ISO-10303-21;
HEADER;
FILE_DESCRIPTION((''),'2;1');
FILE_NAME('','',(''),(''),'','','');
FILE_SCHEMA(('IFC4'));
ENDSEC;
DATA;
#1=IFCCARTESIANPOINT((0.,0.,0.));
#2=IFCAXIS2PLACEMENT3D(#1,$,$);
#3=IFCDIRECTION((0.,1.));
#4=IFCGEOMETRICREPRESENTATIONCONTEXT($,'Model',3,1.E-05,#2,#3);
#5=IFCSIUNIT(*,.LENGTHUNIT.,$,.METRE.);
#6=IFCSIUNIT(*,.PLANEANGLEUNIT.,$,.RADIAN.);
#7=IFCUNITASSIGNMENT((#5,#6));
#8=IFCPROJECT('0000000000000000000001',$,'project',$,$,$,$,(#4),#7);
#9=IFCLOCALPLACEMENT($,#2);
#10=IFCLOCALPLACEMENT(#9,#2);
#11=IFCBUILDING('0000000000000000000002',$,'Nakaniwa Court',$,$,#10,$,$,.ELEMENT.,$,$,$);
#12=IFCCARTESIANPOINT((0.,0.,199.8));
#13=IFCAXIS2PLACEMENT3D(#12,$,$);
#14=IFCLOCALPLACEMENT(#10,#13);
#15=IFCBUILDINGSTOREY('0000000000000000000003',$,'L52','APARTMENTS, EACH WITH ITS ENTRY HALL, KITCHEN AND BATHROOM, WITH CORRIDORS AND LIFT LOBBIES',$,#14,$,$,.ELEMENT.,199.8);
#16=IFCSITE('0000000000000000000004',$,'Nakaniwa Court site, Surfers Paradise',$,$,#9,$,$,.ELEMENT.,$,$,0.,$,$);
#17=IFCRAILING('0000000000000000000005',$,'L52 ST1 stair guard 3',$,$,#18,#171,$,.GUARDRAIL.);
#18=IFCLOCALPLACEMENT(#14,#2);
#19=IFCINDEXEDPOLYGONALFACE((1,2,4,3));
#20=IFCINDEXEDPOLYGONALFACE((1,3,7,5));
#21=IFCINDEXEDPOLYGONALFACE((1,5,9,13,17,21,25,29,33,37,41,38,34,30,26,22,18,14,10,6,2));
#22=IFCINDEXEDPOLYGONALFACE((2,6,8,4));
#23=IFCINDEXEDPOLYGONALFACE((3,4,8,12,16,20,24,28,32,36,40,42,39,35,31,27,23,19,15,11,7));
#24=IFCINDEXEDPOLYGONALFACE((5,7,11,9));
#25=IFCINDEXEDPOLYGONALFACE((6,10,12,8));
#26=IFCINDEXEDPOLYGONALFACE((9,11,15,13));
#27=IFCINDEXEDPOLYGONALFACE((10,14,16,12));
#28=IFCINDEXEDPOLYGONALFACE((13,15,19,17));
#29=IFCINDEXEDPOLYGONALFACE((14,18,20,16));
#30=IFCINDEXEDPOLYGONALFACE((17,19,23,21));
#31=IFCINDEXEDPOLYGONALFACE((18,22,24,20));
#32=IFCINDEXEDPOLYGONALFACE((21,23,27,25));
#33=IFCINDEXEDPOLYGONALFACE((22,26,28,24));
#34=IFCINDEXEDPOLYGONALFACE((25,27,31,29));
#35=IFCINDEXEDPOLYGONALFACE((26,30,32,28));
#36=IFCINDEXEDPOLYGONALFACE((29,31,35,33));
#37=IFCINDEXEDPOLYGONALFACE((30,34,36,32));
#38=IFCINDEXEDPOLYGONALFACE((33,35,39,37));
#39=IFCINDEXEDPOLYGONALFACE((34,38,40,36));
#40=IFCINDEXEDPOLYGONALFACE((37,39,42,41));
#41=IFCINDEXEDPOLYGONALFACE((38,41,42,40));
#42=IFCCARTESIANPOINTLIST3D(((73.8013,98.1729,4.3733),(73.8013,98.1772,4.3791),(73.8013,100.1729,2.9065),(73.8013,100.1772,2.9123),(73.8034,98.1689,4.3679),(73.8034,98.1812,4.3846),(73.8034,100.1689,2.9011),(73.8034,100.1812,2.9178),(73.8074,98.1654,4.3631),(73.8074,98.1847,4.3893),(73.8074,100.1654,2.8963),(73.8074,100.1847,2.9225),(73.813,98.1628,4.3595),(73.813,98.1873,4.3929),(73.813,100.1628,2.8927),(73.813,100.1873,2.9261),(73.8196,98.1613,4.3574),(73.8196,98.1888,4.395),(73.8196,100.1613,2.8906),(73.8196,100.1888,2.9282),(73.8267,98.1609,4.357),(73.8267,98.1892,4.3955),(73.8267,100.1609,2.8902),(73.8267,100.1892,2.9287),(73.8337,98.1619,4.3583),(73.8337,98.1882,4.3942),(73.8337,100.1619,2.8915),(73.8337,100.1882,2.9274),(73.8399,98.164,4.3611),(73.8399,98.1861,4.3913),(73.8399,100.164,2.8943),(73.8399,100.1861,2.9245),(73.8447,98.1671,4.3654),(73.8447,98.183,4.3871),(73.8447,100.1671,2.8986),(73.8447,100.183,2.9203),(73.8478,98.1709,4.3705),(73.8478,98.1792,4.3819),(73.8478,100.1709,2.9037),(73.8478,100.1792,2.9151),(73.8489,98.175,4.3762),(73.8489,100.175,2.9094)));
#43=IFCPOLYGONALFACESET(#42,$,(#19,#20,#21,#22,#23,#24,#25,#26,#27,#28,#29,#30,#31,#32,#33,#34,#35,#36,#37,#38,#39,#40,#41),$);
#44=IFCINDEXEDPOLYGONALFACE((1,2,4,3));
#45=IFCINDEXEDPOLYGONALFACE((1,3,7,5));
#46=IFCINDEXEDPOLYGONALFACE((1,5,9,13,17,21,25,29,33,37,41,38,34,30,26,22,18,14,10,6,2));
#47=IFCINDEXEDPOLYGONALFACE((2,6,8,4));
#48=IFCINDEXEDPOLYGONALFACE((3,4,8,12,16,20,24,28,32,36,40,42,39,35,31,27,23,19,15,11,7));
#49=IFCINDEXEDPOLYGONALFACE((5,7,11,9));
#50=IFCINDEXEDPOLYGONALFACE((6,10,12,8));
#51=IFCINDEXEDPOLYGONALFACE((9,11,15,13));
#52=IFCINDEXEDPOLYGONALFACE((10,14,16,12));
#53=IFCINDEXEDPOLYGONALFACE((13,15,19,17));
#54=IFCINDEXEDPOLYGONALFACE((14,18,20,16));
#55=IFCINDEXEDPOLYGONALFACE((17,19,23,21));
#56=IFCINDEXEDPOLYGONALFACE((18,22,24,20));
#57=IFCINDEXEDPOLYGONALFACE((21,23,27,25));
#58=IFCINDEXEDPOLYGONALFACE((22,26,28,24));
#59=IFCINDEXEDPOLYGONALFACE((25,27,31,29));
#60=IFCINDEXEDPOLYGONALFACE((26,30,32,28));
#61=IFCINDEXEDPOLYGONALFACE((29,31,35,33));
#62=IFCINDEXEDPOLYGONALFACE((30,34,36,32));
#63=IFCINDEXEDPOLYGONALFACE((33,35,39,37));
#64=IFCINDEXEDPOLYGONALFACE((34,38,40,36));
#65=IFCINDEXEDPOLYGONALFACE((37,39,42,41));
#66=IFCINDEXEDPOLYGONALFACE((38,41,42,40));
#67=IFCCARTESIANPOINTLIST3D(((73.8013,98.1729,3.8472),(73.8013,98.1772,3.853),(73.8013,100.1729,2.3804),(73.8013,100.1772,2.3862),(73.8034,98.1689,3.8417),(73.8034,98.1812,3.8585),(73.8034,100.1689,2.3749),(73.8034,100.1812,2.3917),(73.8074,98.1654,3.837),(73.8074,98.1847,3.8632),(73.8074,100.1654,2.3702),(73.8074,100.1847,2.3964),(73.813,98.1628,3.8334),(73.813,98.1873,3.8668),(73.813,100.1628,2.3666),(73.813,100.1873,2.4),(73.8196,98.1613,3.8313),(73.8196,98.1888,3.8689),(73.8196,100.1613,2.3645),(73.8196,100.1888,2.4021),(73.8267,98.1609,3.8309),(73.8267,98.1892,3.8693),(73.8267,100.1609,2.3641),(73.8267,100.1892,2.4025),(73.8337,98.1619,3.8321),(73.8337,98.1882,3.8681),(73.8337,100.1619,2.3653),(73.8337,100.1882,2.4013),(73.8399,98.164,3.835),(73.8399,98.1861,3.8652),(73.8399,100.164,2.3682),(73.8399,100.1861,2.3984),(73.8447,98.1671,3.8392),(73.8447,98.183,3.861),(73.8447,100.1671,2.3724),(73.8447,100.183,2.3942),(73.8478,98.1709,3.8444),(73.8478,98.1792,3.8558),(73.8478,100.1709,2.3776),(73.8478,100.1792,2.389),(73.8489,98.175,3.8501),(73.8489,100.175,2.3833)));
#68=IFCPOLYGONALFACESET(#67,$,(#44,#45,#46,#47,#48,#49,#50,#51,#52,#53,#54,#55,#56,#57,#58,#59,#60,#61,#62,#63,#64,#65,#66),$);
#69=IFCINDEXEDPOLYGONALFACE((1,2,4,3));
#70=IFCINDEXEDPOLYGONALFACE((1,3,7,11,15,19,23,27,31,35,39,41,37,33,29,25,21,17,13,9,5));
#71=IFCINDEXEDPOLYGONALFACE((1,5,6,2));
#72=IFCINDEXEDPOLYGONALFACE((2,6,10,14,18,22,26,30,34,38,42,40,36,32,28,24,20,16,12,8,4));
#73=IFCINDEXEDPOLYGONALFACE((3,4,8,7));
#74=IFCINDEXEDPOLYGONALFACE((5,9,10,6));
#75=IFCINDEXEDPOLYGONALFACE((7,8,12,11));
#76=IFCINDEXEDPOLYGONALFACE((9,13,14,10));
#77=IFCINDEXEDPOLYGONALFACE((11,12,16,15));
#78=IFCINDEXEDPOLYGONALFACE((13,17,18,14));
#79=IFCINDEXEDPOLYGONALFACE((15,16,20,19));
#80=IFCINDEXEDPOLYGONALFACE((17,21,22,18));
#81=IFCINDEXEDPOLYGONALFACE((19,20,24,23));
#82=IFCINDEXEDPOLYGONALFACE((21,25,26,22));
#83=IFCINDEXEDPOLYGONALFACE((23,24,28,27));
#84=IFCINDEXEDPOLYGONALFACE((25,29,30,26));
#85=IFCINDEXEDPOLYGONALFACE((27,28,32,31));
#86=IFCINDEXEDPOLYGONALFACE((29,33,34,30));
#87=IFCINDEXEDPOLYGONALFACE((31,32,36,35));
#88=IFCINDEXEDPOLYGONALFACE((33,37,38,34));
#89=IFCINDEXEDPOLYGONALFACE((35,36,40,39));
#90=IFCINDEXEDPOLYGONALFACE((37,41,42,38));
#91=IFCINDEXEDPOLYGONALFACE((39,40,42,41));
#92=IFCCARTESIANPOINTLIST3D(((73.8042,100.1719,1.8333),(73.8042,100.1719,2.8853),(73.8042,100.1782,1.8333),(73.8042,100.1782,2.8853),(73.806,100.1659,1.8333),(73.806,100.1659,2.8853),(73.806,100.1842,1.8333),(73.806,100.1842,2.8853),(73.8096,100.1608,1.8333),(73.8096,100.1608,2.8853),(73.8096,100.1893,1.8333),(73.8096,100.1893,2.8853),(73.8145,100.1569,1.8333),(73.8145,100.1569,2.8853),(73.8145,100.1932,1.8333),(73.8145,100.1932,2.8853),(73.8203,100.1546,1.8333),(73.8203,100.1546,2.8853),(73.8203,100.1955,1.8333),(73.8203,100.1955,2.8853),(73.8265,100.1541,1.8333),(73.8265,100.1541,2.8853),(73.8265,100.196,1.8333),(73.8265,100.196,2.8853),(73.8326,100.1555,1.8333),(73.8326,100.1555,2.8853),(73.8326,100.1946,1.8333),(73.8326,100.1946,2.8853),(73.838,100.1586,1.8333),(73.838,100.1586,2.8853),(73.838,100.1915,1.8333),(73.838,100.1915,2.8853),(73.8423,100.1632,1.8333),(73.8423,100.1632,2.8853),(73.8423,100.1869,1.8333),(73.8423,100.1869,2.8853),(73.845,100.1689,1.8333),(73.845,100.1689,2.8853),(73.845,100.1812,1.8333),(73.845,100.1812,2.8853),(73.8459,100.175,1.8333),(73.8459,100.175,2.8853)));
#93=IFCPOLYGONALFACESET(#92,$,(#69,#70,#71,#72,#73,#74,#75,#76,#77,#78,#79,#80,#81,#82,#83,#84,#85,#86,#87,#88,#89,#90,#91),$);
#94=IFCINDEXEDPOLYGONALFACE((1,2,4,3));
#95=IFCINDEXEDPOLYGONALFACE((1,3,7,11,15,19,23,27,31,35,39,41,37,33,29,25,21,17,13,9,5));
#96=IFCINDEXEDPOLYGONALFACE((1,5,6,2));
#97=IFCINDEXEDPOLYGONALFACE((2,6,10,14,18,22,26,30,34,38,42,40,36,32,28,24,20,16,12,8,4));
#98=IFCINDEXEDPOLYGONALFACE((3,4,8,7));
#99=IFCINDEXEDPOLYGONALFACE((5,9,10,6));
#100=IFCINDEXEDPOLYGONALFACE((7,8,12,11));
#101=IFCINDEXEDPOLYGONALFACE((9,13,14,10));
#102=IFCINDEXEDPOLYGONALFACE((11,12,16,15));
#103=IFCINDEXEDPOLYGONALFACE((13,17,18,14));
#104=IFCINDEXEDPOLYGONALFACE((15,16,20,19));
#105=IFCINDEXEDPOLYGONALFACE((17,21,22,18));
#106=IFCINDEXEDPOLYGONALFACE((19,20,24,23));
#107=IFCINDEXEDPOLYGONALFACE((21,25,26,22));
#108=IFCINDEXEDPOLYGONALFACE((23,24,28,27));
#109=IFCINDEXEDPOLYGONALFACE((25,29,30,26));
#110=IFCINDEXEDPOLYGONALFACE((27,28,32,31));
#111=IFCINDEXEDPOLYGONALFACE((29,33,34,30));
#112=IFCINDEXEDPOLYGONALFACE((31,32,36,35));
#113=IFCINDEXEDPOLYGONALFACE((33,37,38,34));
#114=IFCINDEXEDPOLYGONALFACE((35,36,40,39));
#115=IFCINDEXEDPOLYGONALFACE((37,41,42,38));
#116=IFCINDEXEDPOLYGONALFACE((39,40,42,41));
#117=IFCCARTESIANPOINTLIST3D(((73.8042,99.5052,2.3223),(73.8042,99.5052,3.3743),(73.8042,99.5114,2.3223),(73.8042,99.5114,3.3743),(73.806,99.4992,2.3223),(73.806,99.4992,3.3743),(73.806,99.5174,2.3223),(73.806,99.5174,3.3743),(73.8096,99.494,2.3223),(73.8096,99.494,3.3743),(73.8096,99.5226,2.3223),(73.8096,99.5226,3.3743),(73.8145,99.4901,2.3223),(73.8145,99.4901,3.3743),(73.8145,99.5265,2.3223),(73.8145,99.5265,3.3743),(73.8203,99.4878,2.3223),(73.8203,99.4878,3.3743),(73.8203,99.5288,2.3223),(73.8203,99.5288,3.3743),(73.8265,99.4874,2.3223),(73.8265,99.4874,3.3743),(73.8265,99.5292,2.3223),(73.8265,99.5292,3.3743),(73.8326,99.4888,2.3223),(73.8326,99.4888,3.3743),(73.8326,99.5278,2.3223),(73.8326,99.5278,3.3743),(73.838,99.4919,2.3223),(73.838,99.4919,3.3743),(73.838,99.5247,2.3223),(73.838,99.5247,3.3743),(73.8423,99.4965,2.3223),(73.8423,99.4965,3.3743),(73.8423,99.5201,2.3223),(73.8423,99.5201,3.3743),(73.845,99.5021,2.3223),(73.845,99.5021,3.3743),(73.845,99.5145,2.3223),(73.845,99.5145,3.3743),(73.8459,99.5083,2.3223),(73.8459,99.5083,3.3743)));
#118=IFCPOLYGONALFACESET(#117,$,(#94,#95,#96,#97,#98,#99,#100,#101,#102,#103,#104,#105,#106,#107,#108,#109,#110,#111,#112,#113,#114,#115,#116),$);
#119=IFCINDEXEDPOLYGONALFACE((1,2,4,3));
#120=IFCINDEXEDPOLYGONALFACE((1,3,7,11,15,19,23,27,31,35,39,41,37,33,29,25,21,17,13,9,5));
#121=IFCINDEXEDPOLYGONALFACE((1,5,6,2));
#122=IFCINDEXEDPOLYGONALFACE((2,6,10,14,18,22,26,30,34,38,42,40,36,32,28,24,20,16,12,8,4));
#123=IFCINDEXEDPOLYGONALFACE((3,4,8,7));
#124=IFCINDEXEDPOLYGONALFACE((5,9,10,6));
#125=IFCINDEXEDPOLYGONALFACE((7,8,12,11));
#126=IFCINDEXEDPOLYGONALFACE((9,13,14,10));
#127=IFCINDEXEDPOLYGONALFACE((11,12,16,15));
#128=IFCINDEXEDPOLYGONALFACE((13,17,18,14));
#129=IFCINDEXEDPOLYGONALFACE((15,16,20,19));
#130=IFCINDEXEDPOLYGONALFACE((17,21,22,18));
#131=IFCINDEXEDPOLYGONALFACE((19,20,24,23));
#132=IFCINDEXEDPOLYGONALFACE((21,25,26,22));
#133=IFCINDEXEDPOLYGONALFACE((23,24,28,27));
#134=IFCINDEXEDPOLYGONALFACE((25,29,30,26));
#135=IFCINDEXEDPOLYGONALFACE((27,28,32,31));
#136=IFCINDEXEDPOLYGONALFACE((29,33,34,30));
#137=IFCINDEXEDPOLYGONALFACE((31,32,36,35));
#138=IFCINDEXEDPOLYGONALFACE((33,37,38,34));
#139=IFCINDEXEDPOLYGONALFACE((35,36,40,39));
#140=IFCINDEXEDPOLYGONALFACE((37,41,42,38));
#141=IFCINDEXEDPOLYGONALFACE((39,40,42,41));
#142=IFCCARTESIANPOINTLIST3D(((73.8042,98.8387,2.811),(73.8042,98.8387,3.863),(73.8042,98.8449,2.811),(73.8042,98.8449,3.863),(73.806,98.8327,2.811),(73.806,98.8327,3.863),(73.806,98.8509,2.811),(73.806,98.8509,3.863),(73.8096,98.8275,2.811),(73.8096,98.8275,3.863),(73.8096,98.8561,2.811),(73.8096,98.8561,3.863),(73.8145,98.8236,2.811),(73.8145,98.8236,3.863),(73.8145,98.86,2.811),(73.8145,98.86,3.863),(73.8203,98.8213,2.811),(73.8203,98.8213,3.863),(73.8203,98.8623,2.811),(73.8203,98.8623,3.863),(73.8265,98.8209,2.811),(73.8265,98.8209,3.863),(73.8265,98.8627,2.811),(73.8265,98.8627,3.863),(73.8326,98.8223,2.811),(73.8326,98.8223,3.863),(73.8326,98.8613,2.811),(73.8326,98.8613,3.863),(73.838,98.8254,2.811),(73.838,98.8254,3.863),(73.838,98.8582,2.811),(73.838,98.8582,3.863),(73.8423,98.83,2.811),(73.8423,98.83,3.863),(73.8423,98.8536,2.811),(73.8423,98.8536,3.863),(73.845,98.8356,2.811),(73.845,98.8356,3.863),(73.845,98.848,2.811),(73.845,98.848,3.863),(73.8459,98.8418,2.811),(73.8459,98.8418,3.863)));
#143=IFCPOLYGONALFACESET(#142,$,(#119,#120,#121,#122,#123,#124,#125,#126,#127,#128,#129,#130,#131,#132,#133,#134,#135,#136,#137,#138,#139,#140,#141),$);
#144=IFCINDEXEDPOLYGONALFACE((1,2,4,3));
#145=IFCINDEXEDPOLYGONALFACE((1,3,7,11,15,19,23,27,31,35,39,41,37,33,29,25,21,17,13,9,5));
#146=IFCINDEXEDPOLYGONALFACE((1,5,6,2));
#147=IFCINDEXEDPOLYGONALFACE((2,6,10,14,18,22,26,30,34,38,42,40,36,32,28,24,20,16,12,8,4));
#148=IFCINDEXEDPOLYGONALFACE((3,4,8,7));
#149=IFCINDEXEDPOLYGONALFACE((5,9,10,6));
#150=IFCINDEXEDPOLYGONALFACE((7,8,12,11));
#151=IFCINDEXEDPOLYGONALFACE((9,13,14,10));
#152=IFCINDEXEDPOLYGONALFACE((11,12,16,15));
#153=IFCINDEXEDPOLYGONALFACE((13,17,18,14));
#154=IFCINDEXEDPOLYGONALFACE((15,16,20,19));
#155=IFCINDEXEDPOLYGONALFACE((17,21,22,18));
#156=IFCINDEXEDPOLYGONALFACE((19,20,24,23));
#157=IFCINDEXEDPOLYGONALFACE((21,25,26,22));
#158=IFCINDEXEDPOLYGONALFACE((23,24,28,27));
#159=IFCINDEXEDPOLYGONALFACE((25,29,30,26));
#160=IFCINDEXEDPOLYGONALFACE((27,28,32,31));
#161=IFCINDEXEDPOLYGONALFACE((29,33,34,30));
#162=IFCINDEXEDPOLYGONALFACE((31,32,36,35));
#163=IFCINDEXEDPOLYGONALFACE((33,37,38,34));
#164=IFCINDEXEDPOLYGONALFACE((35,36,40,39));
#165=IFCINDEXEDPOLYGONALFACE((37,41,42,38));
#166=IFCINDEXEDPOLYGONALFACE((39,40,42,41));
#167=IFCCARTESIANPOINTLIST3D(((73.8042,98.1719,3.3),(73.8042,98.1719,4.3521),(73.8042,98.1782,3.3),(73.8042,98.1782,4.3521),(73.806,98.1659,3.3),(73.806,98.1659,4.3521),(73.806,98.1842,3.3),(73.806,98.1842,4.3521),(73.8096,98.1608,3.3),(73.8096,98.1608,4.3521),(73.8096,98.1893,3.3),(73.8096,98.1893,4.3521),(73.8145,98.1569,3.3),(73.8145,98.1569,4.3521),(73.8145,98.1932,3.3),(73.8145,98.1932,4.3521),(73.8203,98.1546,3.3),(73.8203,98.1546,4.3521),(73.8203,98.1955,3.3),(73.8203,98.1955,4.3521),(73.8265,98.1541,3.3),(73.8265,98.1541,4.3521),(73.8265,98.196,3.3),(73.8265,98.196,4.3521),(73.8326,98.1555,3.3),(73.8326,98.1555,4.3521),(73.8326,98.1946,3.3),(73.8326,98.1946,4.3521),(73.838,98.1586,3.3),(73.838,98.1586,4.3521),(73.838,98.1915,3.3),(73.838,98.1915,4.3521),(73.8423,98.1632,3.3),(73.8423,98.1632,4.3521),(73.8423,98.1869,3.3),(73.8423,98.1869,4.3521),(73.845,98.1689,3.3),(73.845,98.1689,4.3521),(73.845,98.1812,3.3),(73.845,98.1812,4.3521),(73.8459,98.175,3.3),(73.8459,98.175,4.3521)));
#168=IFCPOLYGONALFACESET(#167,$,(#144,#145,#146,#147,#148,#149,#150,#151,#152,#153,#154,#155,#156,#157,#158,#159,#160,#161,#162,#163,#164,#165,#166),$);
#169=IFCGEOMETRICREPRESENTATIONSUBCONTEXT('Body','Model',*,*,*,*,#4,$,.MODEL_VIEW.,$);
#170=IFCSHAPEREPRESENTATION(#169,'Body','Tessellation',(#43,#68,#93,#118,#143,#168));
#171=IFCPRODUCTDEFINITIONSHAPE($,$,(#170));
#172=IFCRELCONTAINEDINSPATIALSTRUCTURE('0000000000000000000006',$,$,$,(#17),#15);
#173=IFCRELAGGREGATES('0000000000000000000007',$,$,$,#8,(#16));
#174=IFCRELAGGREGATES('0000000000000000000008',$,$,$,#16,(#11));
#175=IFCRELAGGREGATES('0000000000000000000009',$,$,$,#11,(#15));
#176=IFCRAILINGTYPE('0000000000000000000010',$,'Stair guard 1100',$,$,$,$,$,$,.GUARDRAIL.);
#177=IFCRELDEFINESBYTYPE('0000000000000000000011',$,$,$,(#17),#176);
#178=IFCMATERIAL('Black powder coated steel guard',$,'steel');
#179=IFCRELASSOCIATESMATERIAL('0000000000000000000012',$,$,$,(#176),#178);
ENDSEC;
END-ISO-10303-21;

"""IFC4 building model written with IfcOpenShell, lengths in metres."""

from ifc_helpers import new_model, si_unit, direction, frame, origin, origin_2d, place, context, subcontext, project, spatial, circle, extrude, material, type_object, element, save


model = new_model("IFC4")

# Units and contexts
model_context = context("Model", 3, precision=1e-05, world=origin(), true_north=direction((0.0, 1.0)))
body_context = subcontext(model_context, "Body", "Model", "MODEL_VIEW")
ifc_project = project(units=[si_unit("LENGTHUNIT", "METRE"), si_unit("PLANEANGLEUNIT", "RADIAN")], contexts=[model_context])

# Site, building, storey
site_placement = place(None, origin())
site = spatial("IfcSite", under=ifc_project, at=site_placement, Name="Nakaniwa Court site, Surfers Paradise", CompositionType="ELEMENT", RefElevation=0.0)
building_placement = place(site_placement, origin())
building = spatial("IfcBuilding", under=site, at=building_placement, Name="Nakaniwa Court", CompositionType="ELEMENT")
storey_placement = place(building_placement, frame((0.0, 0.0, 199.8)))
storey = spatial("IfcBuildingStorey", under=building, at=storey_placement, Name="L52", Description="APARTMENTS, EACH WITH ITS ENTRY HALL, KITCHEN AND BATHROOM, WITH CORRIDORS AND LIFT LOBBIES", CompositionType="ELEMENT", Elevation=199.8)

# Railing
ifc_material_1 = material(Name="Black powder coated steel guard", Category="steel")
railing_type_1 = type_object("IfcRailingType", Name="Stair guard 1100", PredefinedType="GUARDRAIL", material=ifc_material_1)
railing_1_placement = place(storey_placement, frame((73.825, 100.175, 1.8333)))
element("IfcRailing", 1, at=railing_1_placement, inside=storey, type_object=railing_type_1, Name="L52 ST1 stair guard 3", PredefinedType="GUARDRAIL", context=body_context, shape_type="SweptSolid", body=[
    extrude(circle(Radius=0.0239, at=origin_2d()), frame((0.0, 0.0, 1.0762), z_axis=(0.0, -0.80638, 0.591398), x_axis=(1.0, 0.0, 0.0)), (0.0, 0.0, 1.0), 2.4802),
    extrude(circle(Radius=0.0239, at=origin_2d()), frame((0.0, 0.0, 0.55), z_axis=(0.0, -0.80638, 0.591398), x_axis=(1.0, 0.0, 0.0)), (0.0, 0.0, 1.0), 2.4802),
    extrude(circle(Radius=0.021, at=origin_2d()), origin(), (0.0, 0.0, 1.0), 1.052),
    extrude(circle(Radius=0.021, at=origin_2d()), frame((0.0, -0.6667, 0.489)), (0.0, 0.0, 1.0), 1.052),
    extrude(circle(Radius=0.021, at=origin_2d()), frame((0.0, -1.3333, 0.9778)), (0.0, 0.0, 1.0), 1.052),
    extrude(circle(Radius=0.021, at=origin_2d()), frame((0.0, -2.0, 1.4668)), (0.0, 0.0, 1.0), 1.052),
])

save(model, "model.ifc")
